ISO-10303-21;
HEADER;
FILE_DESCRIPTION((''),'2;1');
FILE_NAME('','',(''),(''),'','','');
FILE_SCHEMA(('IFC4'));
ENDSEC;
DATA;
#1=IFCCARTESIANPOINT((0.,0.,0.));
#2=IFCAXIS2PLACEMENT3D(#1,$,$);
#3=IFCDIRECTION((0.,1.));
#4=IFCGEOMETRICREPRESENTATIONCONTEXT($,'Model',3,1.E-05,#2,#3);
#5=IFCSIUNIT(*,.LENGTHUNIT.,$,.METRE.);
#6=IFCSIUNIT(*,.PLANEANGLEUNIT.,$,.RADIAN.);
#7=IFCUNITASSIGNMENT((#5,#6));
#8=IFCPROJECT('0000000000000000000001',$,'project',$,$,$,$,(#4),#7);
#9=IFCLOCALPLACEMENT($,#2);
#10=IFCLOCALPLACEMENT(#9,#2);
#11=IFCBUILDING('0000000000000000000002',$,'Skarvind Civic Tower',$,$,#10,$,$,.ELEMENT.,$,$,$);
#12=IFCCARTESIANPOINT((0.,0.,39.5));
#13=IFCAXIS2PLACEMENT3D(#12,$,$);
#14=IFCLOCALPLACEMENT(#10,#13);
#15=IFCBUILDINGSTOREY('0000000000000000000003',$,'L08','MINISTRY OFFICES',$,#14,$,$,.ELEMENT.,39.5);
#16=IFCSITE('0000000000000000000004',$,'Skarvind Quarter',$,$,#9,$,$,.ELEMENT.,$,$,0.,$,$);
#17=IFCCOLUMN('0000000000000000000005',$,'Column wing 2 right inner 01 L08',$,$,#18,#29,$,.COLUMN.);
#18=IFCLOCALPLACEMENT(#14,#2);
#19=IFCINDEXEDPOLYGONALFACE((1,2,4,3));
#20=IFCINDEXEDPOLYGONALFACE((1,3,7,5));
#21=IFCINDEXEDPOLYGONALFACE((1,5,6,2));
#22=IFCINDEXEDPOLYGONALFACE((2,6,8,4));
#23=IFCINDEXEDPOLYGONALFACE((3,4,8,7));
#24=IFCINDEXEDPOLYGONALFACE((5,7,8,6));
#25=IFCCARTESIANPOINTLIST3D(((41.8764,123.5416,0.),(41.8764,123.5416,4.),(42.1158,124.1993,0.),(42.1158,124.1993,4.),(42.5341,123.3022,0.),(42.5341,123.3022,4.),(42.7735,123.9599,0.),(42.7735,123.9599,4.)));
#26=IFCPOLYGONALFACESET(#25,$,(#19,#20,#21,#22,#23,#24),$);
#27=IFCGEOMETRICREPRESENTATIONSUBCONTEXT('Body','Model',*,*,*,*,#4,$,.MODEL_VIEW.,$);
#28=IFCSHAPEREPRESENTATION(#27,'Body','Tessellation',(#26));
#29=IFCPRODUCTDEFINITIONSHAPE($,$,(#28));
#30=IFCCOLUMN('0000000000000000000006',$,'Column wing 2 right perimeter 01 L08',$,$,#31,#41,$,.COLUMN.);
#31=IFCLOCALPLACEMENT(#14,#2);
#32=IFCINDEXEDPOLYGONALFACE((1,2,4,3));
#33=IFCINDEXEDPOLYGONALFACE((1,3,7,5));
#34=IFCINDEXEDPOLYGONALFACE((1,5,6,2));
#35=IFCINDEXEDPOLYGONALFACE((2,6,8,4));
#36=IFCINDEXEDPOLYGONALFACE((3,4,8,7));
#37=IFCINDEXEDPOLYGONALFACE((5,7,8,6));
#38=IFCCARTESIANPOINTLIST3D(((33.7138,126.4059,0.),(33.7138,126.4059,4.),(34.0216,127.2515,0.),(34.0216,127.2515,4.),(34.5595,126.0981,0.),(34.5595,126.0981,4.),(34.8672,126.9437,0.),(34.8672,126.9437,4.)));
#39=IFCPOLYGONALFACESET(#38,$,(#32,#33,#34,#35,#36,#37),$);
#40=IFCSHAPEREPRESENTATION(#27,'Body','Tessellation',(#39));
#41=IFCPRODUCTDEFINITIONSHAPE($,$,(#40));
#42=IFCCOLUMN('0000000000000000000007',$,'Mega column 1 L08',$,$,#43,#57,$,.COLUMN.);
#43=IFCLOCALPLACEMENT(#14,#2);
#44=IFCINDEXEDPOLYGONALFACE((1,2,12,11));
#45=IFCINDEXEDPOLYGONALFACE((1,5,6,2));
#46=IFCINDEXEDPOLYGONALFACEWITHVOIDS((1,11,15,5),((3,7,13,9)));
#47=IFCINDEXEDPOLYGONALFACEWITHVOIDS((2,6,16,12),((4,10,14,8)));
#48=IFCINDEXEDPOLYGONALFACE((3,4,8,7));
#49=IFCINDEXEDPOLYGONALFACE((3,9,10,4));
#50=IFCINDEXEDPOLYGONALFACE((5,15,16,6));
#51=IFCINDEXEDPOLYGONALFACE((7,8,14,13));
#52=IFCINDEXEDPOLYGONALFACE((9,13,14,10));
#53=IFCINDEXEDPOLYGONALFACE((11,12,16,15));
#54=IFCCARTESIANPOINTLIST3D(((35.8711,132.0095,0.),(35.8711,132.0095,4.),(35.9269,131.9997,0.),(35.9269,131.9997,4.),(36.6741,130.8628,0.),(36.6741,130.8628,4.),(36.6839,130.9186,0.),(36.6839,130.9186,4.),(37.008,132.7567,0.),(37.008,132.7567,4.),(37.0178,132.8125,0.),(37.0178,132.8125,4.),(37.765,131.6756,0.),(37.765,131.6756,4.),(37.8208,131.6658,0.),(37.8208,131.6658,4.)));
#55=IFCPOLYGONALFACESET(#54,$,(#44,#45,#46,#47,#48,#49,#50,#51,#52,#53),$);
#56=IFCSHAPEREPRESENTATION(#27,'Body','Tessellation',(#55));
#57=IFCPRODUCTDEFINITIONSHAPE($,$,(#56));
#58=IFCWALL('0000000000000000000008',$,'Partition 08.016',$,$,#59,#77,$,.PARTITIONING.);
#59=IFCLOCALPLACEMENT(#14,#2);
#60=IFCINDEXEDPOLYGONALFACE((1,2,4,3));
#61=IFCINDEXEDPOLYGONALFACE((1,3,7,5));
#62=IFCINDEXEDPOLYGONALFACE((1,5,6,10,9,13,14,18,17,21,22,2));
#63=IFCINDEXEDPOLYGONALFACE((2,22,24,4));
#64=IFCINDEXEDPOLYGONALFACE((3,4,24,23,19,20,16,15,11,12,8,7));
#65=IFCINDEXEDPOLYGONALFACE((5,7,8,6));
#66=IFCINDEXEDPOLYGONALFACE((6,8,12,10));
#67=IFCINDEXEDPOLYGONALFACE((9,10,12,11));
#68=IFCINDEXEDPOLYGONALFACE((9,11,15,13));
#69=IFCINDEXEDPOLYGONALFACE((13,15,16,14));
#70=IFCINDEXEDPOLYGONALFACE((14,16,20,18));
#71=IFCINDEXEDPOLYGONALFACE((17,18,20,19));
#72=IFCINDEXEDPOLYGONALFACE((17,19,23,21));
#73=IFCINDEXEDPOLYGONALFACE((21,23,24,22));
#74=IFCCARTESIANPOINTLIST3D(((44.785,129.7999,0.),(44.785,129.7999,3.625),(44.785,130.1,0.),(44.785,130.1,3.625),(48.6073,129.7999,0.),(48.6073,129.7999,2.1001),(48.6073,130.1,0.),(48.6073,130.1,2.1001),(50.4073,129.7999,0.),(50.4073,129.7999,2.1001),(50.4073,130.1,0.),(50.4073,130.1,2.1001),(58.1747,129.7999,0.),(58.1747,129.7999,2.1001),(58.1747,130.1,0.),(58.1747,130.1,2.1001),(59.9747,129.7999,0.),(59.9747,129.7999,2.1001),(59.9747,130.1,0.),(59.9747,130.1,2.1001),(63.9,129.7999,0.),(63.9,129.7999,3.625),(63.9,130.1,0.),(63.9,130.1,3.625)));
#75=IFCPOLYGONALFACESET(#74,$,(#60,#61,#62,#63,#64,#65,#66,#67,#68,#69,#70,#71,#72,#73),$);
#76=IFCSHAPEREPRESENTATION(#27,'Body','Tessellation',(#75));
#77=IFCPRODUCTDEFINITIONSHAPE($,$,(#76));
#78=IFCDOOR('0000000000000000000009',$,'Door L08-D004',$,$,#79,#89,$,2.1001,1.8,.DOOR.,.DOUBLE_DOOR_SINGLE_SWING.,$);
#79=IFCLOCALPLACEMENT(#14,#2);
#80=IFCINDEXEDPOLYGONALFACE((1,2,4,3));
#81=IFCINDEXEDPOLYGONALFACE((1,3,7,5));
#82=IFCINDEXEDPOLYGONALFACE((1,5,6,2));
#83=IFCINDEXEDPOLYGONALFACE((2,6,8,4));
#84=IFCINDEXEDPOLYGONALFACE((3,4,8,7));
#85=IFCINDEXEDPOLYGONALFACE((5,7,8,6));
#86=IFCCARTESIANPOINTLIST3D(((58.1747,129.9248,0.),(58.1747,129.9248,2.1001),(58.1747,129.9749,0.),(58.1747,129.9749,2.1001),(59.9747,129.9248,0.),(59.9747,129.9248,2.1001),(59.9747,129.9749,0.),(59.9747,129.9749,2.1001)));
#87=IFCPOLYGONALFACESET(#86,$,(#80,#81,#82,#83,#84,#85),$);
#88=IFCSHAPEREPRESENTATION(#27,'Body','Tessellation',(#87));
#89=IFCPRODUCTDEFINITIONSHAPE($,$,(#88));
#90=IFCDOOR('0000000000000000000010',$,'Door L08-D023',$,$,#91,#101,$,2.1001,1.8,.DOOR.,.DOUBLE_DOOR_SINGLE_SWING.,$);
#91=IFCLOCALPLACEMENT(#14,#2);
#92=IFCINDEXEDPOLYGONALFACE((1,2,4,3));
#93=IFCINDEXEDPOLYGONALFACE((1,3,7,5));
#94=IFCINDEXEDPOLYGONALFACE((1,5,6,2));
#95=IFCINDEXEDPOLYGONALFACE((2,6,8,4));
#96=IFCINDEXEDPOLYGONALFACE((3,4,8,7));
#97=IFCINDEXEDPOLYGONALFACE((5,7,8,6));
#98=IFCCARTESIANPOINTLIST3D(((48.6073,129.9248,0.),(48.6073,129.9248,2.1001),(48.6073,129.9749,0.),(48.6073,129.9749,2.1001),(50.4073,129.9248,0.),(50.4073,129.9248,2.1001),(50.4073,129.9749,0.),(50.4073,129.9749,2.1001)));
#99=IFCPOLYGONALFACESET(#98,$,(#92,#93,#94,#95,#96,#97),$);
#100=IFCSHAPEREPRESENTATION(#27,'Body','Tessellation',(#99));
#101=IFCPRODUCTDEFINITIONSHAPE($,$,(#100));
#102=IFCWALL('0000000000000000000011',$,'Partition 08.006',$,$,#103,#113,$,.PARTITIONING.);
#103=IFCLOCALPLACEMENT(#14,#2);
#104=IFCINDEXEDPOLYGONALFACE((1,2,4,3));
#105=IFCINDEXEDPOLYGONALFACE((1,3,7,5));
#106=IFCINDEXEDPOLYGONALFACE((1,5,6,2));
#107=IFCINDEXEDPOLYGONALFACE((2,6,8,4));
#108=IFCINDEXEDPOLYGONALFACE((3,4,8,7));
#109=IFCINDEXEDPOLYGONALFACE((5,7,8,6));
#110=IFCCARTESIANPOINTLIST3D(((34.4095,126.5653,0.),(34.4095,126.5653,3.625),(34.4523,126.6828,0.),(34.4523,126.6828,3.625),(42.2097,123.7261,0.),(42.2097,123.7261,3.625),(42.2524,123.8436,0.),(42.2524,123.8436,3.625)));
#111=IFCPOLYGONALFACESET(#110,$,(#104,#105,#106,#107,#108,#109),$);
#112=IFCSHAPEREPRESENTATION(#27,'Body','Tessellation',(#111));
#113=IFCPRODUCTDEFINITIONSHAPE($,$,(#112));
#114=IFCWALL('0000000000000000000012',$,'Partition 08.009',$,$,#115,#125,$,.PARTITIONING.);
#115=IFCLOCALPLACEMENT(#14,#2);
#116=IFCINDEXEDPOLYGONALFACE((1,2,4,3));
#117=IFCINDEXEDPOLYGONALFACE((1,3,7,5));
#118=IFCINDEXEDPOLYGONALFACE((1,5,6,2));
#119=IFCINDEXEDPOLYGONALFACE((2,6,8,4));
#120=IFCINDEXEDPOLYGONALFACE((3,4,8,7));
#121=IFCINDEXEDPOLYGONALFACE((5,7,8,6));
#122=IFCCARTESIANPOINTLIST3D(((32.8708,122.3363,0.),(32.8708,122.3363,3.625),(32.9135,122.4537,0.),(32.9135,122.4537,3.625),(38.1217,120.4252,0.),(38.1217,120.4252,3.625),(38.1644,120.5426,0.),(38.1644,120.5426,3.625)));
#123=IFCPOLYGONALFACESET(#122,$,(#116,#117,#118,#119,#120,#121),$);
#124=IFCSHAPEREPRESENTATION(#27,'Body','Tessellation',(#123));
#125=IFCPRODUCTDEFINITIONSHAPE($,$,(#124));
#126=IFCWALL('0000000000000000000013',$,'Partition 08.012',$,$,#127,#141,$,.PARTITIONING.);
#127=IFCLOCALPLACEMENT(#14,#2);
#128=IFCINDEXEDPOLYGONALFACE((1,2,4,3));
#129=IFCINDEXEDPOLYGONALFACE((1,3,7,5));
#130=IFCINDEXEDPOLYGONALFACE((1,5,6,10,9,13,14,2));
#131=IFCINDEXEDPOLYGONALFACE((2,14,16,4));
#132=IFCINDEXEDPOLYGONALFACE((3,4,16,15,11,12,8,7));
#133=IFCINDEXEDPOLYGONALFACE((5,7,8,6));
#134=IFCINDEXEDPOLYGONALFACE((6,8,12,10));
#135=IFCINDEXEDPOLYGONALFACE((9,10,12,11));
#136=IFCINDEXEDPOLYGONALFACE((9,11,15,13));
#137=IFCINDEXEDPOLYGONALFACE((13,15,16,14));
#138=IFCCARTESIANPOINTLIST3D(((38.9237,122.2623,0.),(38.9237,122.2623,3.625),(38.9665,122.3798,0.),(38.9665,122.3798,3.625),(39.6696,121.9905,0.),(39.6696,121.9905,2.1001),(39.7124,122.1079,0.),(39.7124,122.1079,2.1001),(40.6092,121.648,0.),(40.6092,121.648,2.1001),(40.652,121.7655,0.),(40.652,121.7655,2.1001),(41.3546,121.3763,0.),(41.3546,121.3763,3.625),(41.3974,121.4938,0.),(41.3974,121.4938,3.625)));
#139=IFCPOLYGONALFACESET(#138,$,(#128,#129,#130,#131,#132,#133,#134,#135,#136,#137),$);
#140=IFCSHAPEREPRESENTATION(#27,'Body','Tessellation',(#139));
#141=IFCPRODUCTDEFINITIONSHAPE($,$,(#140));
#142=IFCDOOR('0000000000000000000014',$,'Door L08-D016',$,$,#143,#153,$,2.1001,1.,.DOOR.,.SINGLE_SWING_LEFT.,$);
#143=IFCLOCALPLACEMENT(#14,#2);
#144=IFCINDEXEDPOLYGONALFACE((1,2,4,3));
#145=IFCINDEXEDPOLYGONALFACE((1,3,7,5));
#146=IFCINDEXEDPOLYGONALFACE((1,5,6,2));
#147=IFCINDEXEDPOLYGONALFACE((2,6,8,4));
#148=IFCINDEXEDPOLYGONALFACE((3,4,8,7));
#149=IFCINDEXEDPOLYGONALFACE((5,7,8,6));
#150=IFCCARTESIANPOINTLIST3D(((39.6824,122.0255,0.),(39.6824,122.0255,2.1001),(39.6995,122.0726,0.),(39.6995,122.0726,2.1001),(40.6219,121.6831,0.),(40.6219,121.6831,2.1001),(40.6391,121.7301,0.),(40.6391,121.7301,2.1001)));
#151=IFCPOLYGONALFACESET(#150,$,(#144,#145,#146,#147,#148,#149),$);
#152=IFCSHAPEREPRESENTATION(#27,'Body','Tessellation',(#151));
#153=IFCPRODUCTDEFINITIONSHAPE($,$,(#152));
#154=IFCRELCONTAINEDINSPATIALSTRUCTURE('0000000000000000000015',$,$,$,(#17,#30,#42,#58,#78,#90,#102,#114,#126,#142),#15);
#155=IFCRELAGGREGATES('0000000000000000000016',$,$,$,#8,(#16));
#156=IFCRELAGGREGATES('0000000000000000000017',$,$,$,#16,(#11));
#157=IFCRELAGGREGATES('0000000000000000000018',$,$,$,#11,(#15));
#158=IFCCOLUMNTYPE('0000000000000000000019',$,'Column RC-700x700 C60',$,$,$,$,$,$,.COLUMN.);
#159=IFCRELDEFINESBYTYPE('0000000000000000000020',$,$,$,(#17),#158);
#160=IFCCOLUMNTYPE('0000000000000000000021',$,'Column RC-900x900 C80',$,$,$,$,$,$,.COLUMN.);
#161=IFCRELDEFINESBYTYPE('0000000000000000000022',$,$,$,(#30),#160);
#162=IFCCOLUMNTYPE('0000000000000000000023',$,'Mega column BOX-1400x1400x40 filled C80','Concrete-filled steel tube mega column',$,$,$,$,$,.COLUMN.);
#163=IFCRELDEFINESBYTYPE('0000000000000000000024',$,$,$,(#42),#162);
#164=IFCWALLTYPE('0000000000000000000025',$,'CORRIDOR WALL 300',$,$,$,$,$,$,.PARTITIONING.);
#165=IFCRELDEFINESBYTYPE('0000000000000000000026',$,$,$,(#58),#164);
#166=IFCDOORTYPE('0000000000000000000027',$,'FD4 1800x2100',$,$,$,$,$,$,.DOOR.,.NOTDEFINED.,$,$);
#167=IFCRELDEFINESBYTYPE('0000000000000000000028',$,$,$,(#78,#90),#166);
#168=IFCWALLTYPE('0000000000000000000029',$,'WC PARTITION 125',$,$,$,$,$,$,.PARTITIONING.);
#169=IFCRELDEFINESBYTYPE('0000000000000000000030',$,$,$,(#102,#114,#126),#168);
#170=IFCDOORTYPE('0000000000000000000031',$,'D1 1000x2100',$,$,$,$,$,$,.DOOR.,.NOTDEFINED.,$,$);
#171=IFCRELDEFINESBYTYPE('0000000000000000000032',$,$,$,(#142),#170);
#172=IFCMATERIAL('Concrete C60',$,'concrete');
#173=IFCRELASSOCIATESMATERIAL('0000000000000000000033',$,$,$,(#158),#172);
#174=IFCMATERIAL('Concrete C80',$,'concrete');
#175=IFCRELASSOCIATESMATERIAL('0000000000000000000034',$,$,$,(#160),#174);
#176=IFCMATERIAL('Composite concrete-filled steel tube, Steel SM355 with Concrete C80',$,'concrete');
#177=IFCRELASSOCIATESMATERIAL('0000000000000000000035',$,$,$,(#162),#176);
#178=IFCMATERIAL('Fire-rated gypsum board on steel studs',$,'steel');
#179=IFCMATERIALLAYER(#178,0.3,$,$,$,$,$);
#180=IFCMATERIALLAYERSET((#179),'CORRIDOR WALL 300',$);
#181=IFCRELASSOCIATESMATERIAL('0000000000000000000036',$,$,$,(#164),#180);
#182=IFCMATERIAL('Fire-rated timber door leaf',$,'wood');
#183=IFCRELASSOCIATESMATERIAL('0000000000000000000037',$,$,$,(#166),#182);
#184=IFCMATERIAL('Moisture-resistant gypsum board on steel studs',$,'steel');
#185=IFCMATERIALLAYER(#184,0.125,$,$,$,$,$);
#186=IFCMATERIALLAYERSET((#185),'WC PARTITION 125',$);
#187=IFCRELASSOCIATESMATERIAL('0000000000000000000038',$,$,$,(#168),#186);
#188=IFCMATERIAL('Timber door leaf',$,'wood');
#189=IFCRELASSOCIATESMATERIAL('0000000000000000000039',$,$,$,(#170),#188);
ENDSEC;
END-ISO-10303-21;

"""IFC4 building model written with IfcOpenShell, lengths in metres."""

from ifc_helpers import new_model, si_unit, direction, frame, frame_2d, origin, origin_2d, place, context, subcontext, project, spatial, rectangle, hollow_rectangle, extrude, material, layer, layer_set, material_profile, profile_set, type_object, element, fill, save


model = new_model("IFC4")

# Units and contexts
model_context = context("Model", 3, precision=1e-05, world=origin(), true_north=direction((0.0, 1.0)))
body_context = subcontext(model_context, "Body", "Model", "MODEL_VIEW")
ifc_project = project(units=[si_unit("LENGTHUNIT", "METRE"), si_unit("PLANEANGLEUNIT", "RADIAN")], contexts=[model_context])

# Site, building, storey
site_placement = place(None, origin())
site = spatial("IfcSite", under=ifc_project, at=site_placement, Name="Skarvind Quarter", CompositionType="ELEMENT", RefElevation=0.0)
building_placement = place(site_placement, origin())
building = spatial("IfcBuilding", under=site, at=building_placement, Name="Skarvind Civic Tower", CompositionType="ELEMENT")
storey_placement = place(building_placement, frame((0.0, 0.0, 39.5)))
storey = spatial("IfcBuildingStorey", under=building, at=storey_placement, Name="L08", Description="MINISTRY OFFICES", CompositionType="ELEMENT", Elevation=39.5)

# Columns
ifc_material_1 = material(Name="Concrete C60", Category="concrete")
ifc_material_profile_1 = material_profile(ifc_material_1, rectangle(XDim=0.7, YDim=0.7, at=origin_2d()), Name="RC-700x700")
ifc_profile_set_1 = profile_set([ifc_material_profile_1], Name="Concrete C60")
column_type_1 = type_object("IfcColumnType", Name="Column RC-700x700 C60", PredefinedType="COLUMN", material=ifc_profile_set_1)
column_1_placement = place(storey_placement, frame((42.325, 123.7507, 0.0), z_axis=(0.0, 0.0, 1.0), x_axis=(-0.34202, -0.939693, 0.0)))
element("IfcColumn", 1, at=column_1_placement, inside=storey, type_object=column_type_1, Name="Column wing 2 right inner 01 L08", PredefinedType="COLUMN", context=body_context, shape_type="SweptSolid", body=[
    extrude(rectangle(XDim=0.7, YDim=0.7, at=origin_2d()), origin(), (0.0, 0.0, 1.0), 4.0),
])
ifc_material_2 = material(Name="Concrete C80", Category="concrete")
ifc_material_profile_2 = material_profile(ifc_material_2, rectangle(XDim=0.8999, YDim=0.8999, at=origin_2d()), Name="RC-900x900")
ifc_profile_set_2 = profile_set([ifc_material_profile_2], Name="Concrete C80")
column_type_2 = type_object("IfcColumnType", Name="Column RC-900x900 C80", PredefinedType="COLUMN", material=ifc_profile_set_2)
column_2_placement = place(storey_placement, frame((34.2905, 126.6748, 0.0), z_axis=(0.0, 0.0, 1.0), x_axis=(-0.34202, -0.939693, 0.0)))
element("IfcColumn", 2, at=column_2_placement, inside=storey, type_object=column_type_2, Name="Column wing 2 right perimeter 01 L08", PredefinedType="COLUMN", context=body_context, shape_type="SweptSolid", body=[
    extrude(rectangle(XDim=0.8999, YDim=0.8999, at=origin_2d()), origin(), (0.0, 0.0, 1.0), 4.0),
])
ifc_material_3 = material(Name="Composite concrete-filled steel tube, Steel SM355 with Concrete C80", Category="concrete")
ifc_material_profile_3 = material_profile(ifc_material_3, hollow_rectangle(XDim=1.3999, YDim=1.3999, WallThickness=0.04, at=origin_2d()), Name="BOX-1400x1400x40")
ifc_profile_set_3 = profile_set([ifc_material_profile_3], Name="Composite concrete-filled steel tube, Steel SM355 with Concrete C80")
column_type_3 = type_object("IfcColumnType", Name="Mega column BOX-1400x1400x40 filled C80", Description="Concrete-filled steel tube mega column", PredefinedType="COLUMN", material=ifc_profile_set_3)
column_3_placement = place(storey_placement, frame((36.8459, 131.8376, 0.0), z_axis=(0.0, 0.0, 1.0), x_axis=(0.573576, -0.819152, 0.0)))
element("IfcColumn", 3, at=column_3_placement, inside=storey, type_object=column_type_3, Name="Mega column 1 L08", PredefinedType="COLUMN", context=body_context, shape_type="SweptSolid", body=[
    extrude(hollow_rectangle(XDim=1.3999, YDim=1.3999, WallThickness=0.04, at=origin_2d()), origin(), (0.0, 0.0, 1.0), 4.0),
])

# Wall, openings, doors
ifc_material_4 = material(Name="Fire-rated gypsum board on steel studs", Category="steel")
ifc_layer_1 = layer(ifc_material_4, 0.3)
ifc_layer_set_1 = layer_set([ifc_layer_1], Name="CORRIDOR WALL 300")
wall_type_1 = type_object("IfcWallType", Name="CORRIDOR WALL 300", PredefinedType="PARTITIONING", material=ifc_layer_set_1)
wall_1_placement = place(storey_placement, frame((44.7849, 129.95, 0.0), z_axis=(0.0, 0.0, 1.0), x_axis=(1.0, 0.0, 0.0)))
wall_1 = element("IfcWall", 4, at=wall_1_placement, inside=storey, type_object=wall_type_1, Name="Partition 08.016", PredefinedType="PARTITIONING", context=body_context, shape_type="SweptSolid", body=[
    extrude(rectangle(XDim=19.115, YDim=0.3, at=frame_2d((9.5576, 0.0))), origin(), (0.0, 0.0, 1.0), 3.625),
])
opening_1_placement = place(wall_1_placement, frame((13.3899, 0.0, 0.0)))
opening_1 = element("IfcOpeningElement", 5, at=opening_1_placement, cuts=wall_1, PredefinedType="OPENING", context=body_context, shape_type="SweptSolid", body=[
    extrude(rectangle(XDim=1.8, YDim=2.1001, at=frame_2d((0.8999, 1.05))), frame((0.0, 0.1599, 0.0), z_axis=(0.0, -1.0, 0.0), x_axis=(1.0, 0.0, 0.0)), (0.0, 0.0, 1.0), 0.3201),
])
opening_2_placement = place(wall_1_placement, frame((3.8225, 0.0, 0.0)))
opening_2 = element("IfcOpeningElement", 6, at=opening_2_placement, cuts=wall_1, PredefinedType="OPENING", context=body_context, shape_type="SweptSolid", body=[
    extrude(rectangle(XDim=1.8, YDim=2.1001, at=frame_2d((0.8999, 1.05))), frame((0.0, 0.1599, 0.0), z_axis=(0.0, -1.0, 0.0), x_axis=(1.0, 0.0, 0.0)), (0.0, 0.0, 1.0), 0.3201),
])
ifc_material_5 = material(Name="Fire-rated timber door leaf", Category="wood")
door_type_1 = type_object("IfcDoorType", Name="FD4 1800x2100", OperationType="NOTDEFINED", PredefinedType="DOOR", material=ifc_material_5)
door_1_placement = place(opening_1_placement, origin())
door_1 = element("IfcDoor", 7, at=door_1_placement, inside=storey, type_object=door_type_1, Name="Door L08-D004", OperationType="DOUBLE_DOOR_SINGLE_SWING", OverallHeight=2.1001, OverallWidth=1.8, PredefinedType="DOOR", context=body_context, shape_type="SweptSolid", body=[
    extrude(rectangle(XDim=1.8, YDim=2.1001, at=frame_2d((0.8999, 1.05))), frame((0.0, 0.0249, 0.0), z_axis=(0.0, -1.0, 0.0), x_axis=(1.0, 0.0, 0.0)), (0.0, 0.0, 1.0), 0.05),
])
fill(opening_1, door_1)
door_2_placement = place(opening_2_placement, origin())
door_2 = element("IfcDoor", 8, at=door_2_placement, inside=storey, type_object=door_type_1, Name="Door L08-D023", OperationType="DOUBLE_DOOR_SINGLE_SWING", OverallHeight=2.1001, OverallWidth=1.8, PredefinedType="DOOR", context=body_context, shape_type="SweptSolid", body=[
    extrude(rectangle(XDim=1.8, YDim=2.1001, at=frame_2d((0.8999, 1.05))), frame((0.0, 0.0249, 0.0), z_axis=(0.0, -1.0, 0.0), x_axis=(1.0, 0.0, 0.0)), (0.0, 0.0, 1.0), 0.05),
])
fill(opening_2, door_2)

# Walls
ifc_material_6 = material(Name="Moisture-resistant gypsum board on steel studs", Category="steel")
ifc_layer_2 = layer(ifc_material_6, 0.125)
ifc_layer_set_2 = layer_set([ifc_layer_2], Name="WC PARTITION 125")
wall_type_2 = type_object("IfcWallType", Name="WC PARTITION 125", PredefinedType="PARTITIONING", material=ifc_layer_set_2)
wall_2_placement = place(storey_placement, frame((34.4309, 126.624, 0.0), z_axis=(0.0, 0.0, 1.0), x_axis=(0.939688, -0.342034, 0.0)))
element("IfcWall", 9, at=wall_2_placement, inside=storey, type_object=wall_type_2, Name="Partition 08.006", PredefinedType="PARTITIONING", context=body_context, shape_type="SweptSolid", body=[
    extrude(rectangle(XDim=8.3008, YDim=0.125, at=frame_2d((4.1504, 0.0))), origin(), (0.0, 0.0, 1.0), 3.625),
])
wall_3_placement = place(storey_placement, frame((38.1431, 120.4839, 0.0), z_axis=(0.0, 0.0, 1.0), x_axis=(-0.939696, 0.34201, 0.0)))
element("IfcWall", 10, at=wall_3_placement, inside=storey, type_object=wall_type_2, Name="Partition 08.009", PredefinedType="PARTITIONING", context=body_context, shape_type="SweptSolid", body=[
    extrude(rectangle(XDim=5.5879, YDim=0.125, at=frame_2d((2.7939, 0.0))), origin(), (0.0, 0.0, 1.0), 3.625),
])

# Wall, opening, door
wall_4_placement = place(storey_placement, frame((38.9451, 122.321, 0.0), z_axis=(0.0, 0.0, 1.0), x_axis=(0.939542, -0.342432, 0.0)))
wall_4 = element("IfcWall", 11, at=wall_4_placement, inside=storey, type_object=wall_type_2, Name="Partition 08.012", PredefinedType="PARTITIONING", context=body_context, shape_type="SweptSolid", body=[
    extrude(rectangle(XDim=2.5874, YDim=0.125, at=frame_2d((1.2937, 0.0))), origin(), (0.0, 0.0, 1.0), 3.625),
])
opening_3_placement = place(wall_4_placement, frame((0.7939, 0.0, 0.0)))
opening_3 = element("IfcOpeningElement", 12, at=opening_3_placement, cuts=wall_4, PredefinedType="OPENING", context=body_context, shape_type="SweptSolid", body=[
    extrude(rectangle(XDim=1.0, YDim=2.1001, at=frame_2d((0.5, 1.05))), frame((0.0, 0.0725, 0.0), z_axis=(0.0, -1.0, 0.0), x_axis=(1.0, 0.0, 0.0)), (0.0, 0.0, 1.0), 0.145),
])
ifc_material_7 = material(Name="Timber door leaf", Category="wood")
door_type_2 = type_object("IfcDoorType", Name="D1 1000x2100", OperationType="NOTDEFINED", PredefinedType="DOOR", material=ifc_material_7)
door_3_placement = place(opening_3_placement, origin())
door_3 = element("IfcDoor", 13, at=door_3_placement, inside=storey, type_object=door_type_2, Name="Door L08-D016", OperationType="SINGLE_SWING_LEFT", OverallHeight=2.1001, OverallWidth=1.0, PredefinedType="DOOR", context=body_context, shape_type="SweptSolid", body=[
    extrude(rectangle(XDim=1.0, YDim=2.1001, at=frame_2d((0.5, 1.05))), frame((0.0, 0.0249, 0.0), z_axis=(0.0, -1.0, 0.0), x_axis=(1.0, 0.0, 0.0)), (0.0, 0.0, 1.0), 0.05),
])
fill(opening_3, door_3)

save(model, "model.ifc")
